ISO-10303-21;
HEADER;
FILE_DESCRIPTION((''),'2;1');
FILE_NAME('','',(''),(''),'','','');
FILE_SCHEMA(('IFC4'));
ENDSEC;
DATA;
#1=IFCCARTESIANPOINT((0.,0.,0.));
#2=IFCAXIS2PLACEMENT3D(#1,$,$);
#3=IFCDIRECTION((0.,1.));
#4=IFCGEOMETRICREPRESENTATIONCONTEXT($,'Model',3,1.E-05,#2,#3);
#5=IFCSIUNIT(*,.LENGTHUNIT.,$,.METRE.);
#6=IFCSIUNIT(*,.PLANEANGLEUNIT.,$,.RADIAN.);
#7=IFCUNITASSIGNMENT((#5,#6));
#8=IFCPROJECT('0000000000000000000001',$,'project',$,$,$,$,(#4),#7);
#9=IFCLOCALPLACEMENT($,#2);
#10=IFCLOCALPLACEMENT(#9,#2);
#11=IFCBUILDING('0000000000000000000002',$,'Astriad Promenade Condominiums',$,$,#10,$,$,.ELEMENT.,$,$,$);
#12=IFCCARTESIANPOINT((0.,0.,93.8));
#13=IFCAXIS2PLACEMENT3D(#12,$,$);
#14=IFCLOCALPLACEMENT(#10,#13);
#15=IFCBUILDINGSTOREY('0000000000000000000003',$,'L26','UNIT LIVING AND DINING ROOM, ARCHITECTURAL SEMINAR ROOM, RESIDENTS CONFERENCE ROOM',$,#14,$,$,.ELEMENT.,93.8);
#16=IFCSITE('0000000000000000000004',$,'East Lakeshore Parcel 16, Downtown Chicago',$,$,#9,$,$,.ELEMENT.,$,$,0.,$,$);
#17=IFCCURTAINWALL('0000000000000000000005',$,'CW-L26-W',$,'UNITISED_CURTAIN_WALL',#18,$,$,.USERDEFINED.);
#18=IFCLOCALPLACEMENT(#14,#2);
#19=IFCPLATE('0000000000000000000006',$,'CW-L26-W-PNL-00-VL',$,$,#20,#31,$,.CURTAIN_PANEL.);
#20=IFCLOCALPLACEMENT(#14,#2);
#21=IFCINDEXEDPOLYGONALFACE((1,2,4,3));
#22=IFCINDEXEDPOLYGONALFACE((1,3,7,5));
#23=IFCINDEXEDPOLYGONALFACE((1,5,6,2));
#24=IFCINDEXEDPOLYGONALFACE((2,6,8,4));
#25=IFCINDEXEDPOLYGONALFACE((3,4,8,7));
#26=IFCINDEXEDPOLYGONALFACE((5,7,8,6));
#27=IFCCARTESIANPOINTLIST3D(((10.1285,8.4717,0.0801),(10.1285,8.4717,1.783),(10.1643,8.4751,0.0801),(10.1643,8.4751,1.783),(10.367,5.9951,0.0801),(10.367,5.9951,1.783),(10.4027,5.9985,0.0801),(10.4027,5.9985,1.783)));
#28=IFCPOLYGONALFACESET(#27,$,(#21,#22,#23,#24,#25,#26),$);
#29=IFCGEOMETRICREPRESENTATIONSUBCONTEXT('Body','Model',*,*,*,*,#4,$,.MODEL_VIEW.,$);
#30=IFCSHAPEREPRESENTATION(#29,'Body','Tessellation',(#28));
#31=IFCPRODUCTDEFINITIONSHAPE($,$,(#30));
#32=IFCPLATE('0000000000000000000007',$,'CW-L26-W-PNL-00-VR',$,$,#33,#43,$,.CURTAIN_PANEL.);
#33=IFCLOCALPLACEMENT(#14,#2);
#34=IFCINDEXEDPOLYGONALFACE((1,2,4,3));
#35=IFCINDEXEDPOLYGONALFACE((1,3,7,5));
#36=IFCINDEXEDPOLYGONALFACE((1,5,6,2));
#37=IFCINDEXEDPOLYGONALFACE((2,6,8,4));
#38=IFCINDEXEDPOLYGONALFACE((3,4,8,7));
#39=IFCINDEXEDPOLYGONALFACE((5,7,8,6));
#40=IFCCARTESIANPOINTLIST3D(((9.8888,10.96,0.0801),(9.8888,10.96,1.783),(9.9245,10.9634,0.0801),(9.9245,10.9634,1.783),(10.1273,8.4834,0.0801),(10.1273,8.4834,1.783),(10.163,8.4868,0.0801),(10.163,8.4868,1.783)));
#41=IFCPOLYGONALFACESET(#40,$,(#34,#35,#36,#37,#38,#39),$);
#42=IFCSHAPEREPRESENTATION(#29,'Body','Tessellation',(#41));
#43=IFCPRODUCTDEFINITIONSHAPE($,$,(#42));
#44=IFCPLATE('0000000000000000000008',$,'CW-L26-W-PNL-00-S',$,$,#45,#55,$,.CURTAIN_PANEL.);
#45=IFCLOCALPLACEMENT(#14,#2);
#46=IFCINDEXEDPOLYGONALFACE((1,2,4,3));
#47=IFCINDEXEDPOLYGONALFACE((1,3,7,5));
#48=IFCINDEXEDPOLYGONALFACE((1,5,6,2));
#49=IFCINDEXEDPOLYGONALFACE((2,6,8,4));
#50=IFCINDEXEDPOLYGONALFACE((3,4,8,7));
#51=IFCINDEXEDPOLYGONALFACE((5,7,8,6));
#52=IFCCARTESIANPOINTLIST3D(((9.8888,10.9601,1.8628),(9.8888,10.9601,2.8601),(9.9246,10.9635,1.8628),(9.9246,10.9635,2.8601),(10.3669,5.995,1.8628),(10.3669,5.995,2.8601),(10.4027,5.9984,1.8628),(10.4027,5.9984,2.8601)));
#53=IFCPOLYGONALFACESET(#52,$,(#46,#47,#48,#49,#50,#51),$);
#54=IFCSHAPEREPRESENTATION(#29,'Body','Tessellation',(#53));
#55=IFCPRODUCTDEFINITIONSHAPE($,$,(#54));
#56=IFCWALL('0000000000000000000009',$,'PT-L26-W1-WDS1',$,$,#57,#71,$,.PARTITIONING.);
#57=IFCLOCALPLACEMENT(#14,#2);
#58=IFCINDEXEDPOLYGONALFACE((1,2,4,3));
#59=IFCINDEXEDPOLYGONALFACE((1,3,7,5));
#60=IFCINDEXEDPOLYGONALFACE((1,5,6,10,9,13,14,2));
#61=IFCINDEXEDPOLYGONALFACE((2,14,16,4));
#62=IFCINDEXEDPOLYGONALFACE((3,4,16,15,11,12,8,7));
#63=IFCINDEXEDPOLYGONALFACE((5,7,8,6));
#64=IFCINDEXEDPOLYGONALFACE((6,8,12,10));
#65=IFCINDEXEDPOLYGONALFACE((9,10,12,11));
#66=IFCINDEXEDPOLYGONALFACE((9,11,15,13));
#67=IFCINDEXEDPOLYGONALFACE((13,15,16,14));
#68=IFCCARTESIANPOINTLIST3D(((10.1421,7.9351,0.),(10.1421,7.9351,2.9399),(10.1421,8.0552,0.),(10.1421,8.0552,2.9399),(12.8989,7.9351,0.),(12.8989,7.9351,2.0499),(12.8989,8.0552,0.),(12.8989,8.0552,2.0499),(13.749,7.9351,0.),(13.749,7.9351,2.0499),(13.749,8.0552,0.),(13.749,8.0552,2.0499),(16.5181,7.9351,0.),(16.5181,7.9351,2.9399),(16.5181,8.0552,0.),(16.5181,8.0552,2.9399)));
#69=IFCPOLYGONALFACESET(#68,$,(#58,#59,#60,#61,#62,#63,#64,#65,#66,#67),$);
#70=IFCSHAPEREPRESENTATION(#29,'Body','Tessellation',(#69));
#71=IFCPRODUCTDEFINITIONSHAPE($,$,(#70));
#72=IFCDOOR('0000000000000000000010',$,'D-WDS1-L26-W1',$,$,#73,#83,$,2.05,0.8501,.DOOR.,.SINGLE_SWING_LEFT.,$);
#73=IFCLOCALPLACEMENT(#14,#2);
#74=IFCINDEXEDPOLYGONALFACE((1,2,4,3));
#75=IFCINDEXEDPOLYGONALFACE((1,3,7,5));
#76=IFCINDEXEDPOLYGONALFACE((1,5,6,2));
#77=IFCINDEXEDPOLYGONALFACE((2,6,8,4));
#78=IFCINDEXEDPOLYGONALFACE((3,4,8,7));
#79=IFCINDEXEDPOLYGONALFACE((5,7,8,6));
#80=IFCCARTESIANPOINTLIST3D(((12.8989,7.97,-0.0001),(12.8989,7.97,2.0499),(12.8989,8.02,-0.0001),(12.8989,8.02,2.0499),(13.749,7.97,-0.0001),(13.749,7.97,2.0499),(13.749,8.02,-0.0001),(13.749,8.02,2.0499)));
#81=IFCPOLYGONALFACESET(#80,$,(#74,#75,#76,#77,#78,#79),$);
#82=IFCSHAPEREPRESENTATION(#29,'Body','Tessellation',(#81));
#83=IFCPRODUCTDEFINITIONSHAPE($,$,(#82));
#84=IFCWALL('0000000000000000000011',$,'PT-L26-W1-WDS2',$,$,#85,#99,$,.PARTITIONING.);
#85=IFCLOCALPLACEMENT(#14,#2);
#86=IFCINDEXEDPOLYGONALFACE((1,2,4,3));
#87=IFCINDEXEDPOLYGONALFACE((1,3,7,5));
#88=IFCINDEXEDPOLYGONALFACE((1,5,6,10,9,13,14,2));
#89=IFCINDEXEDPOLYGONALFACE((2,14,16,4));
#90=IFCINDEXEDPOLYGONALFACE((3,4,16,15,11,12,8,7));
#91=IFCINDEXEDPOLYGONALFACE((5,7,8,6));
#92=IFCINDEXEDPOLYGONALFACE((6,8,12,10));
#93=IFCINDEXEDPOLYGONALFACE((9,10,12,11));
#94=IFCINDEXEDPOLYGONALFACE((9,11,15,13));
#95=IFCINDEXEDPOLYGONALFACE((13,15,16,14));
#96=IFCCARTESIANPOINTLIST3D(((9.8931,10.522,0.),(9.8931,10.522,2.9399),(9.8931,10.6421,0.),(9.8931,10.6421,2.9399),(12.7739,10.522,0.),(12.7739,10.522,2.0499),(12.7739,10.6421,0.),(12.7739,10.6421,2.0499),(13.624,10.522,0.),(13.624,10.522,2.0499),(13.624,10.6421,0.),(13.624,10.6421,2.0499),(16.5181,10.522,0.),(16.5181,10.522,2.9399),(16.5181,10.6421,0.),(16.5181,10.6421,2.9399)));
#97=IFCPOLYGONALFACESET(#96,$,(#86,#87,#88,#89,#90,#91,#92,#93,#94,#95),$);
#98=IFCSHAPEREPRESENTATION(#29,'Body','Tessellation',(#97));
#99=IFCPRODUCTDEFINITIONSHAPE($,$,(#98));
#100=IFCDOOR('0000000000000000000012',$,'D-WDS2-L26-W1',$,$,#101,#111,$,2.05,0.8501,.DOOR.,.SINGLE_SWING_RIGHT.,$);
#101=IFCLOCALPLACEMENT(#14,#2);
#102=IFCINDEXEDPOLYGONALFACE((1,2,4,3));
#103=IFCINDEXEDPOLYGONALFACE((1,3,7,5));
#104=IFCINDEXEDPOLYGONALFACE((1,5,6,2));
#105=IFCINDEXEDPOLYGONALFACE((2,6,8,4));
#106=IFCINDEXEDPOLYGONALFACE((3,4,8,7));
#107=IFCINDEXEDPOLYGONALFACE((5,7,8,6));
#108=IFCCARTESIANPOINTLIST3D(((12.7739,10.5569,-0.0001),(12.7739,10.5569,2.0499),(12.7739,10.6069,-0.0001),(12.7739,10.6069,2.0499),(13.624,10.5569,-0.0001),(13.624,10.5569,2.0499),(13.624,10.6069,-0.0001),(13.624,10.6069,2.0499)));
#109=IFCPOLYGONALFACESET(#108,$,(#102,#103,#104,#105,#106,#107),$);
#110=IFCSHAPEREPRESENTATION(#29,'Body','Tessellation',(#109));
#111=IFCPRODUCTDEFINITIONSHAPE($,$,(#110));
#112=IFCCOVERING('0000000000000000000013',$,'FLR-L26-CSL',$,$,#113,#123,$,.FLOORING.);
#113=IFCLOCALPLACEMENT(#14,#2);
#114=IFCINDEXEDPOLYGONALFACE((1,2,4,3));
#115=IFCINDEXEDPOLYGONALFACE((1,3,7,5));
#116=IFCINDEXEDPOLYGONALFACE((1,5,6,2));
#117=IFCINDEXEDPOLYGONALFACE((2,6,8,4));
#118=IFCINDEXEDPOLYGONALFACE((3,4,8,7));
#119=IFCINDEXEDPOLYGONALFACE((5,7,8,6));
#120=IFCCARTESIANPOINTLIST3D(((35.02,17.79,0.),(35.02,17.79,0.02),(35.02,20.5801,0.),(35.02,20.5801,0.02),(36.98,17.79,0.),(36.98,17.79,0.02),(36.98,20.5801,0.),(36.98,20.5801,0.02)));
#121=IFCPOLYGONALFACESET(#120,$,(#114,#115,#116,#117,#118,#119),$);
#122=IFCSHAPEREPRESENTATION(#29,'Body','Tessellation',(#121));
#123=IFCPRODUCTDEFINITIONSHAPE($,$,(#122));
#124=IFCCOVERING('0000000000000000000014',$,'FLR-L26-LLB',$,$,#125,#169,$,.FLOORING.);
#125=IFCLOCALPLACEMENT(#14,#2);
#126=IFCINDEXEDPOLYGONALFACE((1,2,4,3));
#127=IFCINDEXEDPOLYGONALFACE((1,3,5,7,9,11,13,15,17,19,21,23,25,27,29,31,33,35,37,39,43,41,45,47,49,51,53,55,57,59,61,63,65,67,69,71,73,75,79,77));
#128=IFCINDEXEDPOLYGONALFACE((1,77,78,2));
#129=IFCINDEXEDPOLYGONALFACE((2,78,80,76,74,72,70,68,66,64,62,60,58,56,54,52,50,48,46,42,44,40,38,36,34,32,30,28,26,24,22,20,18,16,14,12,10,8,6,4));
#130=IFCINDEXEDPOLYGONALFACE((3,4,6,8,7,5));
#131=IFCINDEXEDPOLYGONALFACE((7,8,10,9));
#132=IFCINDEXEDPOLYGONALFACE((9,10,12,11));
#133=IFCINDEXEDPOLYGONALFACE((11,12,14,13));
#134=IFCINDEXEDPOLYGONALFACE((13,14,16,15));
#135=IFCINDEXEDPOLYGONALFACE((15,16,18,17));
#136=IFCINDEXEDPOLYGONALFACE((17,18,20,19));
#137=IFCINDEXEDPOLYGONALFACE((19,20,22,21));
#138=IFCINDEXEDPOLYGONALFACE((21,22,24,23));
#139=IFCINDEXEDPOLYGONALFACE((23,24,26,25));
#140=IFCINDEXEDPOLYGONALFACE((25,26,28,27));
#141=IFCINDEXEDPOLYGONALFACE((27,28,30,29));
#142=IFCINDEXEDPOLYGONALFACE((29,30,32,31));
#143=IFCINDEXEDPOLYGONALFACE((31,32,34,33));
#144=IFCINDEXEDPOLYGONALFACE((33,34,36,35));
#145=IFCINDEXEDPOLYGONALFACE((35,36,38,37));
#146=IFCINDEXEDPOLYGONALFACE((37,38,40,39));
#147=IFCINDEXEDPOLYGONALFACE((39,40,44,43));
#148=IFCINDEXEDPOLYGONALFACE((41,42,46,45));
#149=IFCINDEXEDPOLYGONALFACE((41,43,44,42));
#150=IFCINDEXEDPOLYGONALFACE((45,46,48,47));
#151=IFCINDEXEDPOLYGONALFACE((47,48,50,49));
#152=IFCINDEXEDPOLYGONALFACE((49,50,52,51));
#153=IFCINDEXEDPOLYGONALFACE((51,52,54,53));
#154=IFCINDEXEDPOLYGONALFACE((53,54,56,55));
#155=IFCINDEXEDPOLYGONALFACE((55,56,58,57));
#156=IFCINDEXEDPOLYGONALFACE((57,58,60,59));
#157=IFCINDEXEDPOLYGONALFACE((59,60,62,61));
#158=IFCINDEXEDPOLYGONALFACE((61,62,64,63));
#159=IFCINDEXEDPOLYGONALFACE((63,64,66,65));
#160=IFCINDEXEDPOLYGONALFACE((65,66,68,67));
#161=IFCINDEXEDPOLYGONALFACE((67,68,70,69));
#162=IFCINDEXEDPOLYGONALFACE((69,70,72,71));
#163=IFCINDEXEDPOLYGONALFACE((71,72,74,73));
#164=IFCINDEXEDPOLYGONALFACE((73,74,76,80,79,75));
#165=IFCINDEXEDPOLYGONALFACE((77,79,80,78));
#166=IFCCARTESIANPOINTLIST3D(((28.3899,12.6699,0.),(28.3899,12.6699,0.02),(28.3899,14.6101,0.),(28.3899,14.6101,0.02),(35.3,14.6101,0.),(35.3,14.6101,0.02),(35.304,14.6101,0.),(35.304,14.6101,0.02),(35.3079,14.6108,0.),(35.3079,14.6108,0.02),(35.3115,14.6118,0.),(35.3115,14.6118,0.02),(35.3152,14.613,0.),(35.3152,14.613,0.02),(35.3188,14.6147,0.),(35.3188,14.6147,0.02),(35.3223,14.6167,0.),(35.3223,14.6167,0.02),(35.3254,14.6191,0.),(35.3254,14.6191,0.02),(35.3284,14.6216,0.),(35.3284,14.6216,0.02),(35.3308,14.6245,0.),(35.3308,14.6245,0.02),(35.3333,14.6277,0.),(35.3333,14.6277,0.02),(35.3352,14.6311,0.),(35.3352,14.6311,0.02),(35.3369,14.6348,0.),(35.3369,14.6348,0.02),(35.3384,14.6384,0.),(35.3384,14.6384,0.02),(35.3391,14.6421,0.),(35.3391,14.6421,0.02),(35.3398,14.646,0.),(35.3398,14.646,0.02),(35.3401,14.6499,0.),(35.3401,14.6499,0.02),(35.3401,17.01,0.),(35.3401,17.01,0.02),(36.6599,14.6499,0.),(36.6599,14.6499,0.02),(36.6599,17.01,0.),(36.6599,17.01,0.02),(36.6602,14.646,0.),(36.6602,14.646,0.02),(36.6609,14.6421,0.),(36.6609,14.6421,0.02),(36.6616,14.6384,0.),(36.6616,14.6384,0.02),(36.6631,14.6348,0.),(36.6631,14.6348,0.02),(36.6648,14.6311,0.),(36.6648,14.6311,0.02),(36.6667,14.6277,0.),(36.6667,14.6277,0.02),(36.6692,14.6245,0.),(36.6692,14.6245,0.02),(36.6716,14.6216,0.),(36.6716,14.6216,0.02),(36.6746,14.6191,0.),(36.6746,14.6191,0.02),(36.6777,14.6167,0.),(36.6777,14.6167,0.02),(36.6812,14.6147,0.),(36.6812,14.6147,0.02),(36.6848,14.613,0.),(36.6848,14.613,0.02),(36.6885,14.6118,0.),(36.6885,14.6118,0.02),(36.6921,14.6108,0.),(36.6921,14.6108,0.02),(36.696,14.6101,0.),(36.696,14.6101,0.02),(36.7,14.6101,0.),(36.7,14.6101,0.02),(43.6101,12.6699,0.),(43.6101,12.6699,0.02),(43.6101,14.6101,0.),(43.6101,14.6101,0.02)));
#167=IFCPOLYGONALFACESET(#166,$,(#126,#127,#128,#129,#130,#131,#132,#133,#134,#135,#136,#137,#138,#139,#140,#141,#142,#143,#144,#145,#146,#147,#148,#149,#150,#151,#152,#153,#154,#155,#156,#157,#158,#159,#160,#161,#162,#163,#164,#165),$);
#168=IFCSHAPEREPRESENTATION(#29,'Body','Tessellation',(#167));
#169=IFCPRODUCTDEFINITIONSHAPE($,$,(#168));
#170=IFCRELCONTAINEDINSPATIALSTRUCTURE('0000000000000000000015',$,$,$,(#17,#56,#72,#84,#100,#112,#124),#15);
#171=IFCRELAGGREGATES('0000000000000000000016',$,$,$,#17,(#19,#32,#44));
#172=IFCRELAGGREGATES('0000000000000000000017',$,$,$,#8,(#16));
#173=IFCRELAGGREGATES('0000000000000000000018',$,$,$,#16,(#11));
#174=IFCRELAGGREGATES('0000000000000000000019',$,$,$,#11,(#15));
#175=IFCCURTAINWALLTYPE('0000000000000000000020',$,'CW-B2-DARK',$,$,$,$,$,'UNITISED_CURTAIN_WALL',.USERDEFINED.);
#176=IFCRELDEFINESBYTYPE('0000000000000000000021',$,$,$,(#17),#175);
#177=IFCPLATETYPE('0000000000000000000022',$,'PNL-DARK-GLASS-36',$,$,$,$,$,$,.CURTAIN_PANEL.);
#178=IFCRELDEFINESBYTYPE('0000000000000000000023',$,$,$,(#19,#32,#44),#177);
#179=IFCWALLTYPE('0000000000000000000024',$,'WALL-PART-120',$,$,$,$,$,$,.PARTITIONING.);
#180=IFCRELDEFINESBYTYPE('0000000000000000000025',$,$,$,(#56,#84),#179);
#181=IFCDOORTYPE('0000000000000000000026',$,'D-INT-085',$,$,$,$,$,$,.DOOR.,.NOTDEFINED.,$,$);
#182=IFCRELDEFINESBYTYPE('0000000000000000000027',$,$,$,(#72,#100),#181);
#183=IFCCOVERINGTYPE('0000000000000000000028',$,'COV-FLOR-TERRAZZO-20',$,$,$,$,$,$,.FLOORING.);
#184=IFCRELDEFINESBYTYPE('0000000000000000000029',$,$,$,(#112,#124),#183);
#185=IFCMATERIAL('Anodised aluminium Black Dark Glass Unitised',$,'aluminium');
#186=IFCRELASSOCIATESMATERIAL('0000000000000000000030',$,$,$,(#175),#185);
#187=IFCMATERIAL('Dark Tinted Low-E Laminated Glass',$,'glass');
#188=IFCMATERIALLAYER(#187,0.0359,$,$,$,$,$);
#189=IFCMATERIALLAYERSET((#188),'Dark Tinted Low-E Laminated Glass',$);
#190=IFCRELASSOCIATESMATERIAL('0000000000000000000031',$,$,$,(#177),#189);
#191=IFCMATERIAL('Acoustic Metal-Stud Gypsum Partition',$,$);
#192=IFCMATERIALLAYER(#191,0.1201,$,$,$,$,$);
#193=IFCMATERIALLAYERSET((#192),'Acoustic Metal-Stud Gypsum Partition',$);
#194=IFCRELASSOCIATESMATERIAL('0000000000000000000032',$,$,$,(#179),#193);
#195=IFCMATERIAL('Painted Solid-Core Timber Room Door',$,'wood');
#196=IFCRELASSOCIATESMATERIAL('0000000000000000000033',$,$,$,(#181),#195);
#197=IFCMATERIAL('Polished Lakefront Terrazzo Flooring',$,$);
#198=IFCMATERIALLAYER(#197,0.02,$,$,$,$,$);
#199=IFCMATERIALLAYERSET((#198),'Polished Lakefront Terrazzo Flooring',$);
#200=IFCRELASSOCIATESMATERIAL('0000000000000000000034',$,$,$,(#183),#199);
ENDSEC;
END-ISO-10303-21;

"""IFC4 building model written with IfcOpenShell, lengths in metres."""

from ifc_helpers import new_model, si_unit, direction, frame, frame_2d, origin, origin_2d, place, context, subcontext, project, spatial, polyline, rectangle, outline, extrude, source, transform, mapped, material, layer, layer_set, type_object, type_shapes, element, fill, aggregate, save


model = new_model("IFC4")

# Units and contexts
model_context = context("Model", 3, precision=1e-05, world=origin(), true_north=direction((0.0, 1.0)))
body_context = subcontext(model_context, "Body", "Model", "MODEL_VIEW")
ifc_project = project(units=[si_unit("LENGTHUNIT", "METRE"), si_unit("PLANEANGLEUNIT", "RADIAN")], contexts=[model_context])

# Site, building, storey
site_placement = place(None, origin())
site = spatial("IfcSite", under=ifc_project, at=site_placement, Name="East Lakeshore Parcel 16, Downtown Chicago", CompositionType="ELEMENT", RefElevation=0.0)
building_placement = place(site_placement, origin())
building = spatial("IfcBuilding", under=site, at=building_placement, Name="Astriad Promenade Condominiums", CompositionType="ELEMENT")
storey_placement = place(building_placement, frame((0.0, 0.0, 93.8)))
storey = spatial("IfcBuildingStorey", under=building, at=storey_placement, Name="L26", Description="UNIT LIVING AND DINING ROOM, ARCHITECTURAL SEMINAR ROOM, RESIDENTS CONFERENCE ROOM", CompositionType="ELEMENT", Elevation=93.8)

# Curtain wall
ifc_material_1 = material(Name="Anodised aluminium Black Dark Glass Unitised", Category="aluminium")
curtain_wall_type = type_object("IfcCurtainWallType", Name="CW-B2-DARK", ElementType="UNITISED_CURTAIN_WALL", PredefinedType="USERDEFINED", material=ifc_material_1)
curtain_wall_placement = place(storey_placement, origin())
curtain_wall = element("IfcCurtainWall", 1, at=curtain_wall_placement, inside=storey, type_object=curtain_wall_type, Name="CW-L26-W", ObjectType="UNITISED_CURTAIN_WALL", PredefinedType="USERDEFINED")

# Plates
ifc_material_2 = material(Name="Dark Tinted Low-E Laminated Glass", Category="glass")
ifc_layer_1 = layer(ifc_material_2, 0.0359)
ifc_layer_set_1 = layer_set([ifc_layer_1], Name="Dark Tinted Low-E Laminated Glass")
plate_type = type_object("IfcPlateType", Name="PNL-DARK-GLASS-36", PredefinedType="CURTAIN_PANEL", material=ifc_layer_set_1)
shared_shape_1 = source(origin(), body_context, "Body", "SweptSolid", [
    extrude(rectangle(XDim=2.488, YDim=0.0359, at=origin_2d()), origin(), (0.0, 0.0, 1.0), 1.7029),
])
plate_1_placement = place(storey_placement, frame((10.2656, 7.2351, 0.0801), z_axis=(0.0, 0.0, 1.0), x_axis=(-0.095846, 0.995396, 0.0)))
plate_1 = element("IfcPlate", 2, at=plate_1_placement, type_object=plate_type, Name="CW-L26-W-PNL-00-VL", PredefinedType="CURTAIN_PANEL", context=body_context, shape_type="MappedRepresentation", body=[
    mapped(shared_shape_1, transform((0.0, 0.0, 0.0), scale=1.0)),
])
plate_2_placement = place(storey_placement, frame((10.0259, 9.7234, 0.0801), z_axis=(0.0, 0.0, 1.0), x_axis=(-0.095846, 0.995396, 0.0)))
plate_2 = element("IfcPlate", 3, at=plate_2_placement, type_object=plate_type, Name="CW-L26-W-PNL-00-VR", PredefinedType="CURTAIN_PANEL", context=body_context, shape_type="MappedRepresentation", body=[
    mapped(shared_shape_1, transform((0.0, 0.0, 0.0), scale=1.0)),
])
shared_shape_2 = source(origin(), body_context, "Body", "SweptSolid", [
    extrude(rectangle(XDim=4.988, YDim=0.0359, at=origin_2d()), origin(), (0.0, 0.0, 1.0), 0.9973),
])
type_shapes(plate_type, [shared_shape_1, shared_shape_2])
plate_3_placement = place(storey_placement, frame((10.1458, 8.4792, 1.8628), z_axis=(0.0, 0.0, 1.0), x_axis=(-0.095846, 0.995396, 0.0)))
plate_3 = element("IfcPlate", 4, at=plate_3_placement, type_object=plate_type, Name="CW-L26-W-PNL-00-S", PredefinedType="CURTAIN_PANEL", context=body_context, shape_type="MappedRepresentation", body=[
    mapped(shared_shape_2, transform((0.0, 0.0, 0.0), scale=1.0)),
])
aggregate(curtain_wall, [plate_1, plate_2, plate_3])

# Walls, openings, doors
ifc_material_3 = material(Name="Acoustic Metal-Stud Gypsum Partition")
ifc_layer_2 = layer(ifc_material_3, 0.1201)
ifc_layer_set_2 = layer_set([ifc_layer_2], Name="Acoustic Metal-Stud Gypsum Partition")
wall_type = type_object("IfcWallType", Name="WALL-PART-120", PredefinedType="PARTITIONING", material=ifc_layer_set_2)
wall_1_placement = place(storey_placement, frame((10.1421, 7.9951, 0.0), z_axis=(0.0, 0.0, 1.0), x_axis=(1.0, 0.0, 0.0)))
wall_1 = element("IfcWall", 5, at=wall_1_placement, inside=storey, type_object=wall_type, Name="PT-L26-W1-WDS1", PredefinedType="PARTITIONING", context=body_context, shape_type="SweptSolid", body=[
    extrude(rectangle(XDim=6.376, YDim=0.1201, at=frame_2d((3.188, 0.0))), origin(), (0.0, 0.0, 1.0), 2.9399),
])
opening_1_placement = place(wall_1_placement, frame((2.7568, 0.0, 0.0)))
opening_1 = element("IfcOpeningElement", 6, at=opening_1_placement, cuts=wall_1, PredefinedType="OPENING", context=body_context, shape_type="SweptSolid", body=[
    extrude(rectangle(XDim=0.8501, YDim=2.05, at=frame_2d((0.425, 1.0249))), frame((0.0, 0.0701, 0.0), z_axis=(0.0, -1.0, 0.0), x_axis=(1.0, 0.0, 0.0)), (0.0, 0.0, 1.0), 0.1401),
])
ifc_material_4 = material(Name="Painted Solid-Core Timber Room Door", Category="wood")
door_type = type_object("IfcDoorType", Name="D-INT-085", OperationType="NOTDEFINED", PredefinedType="DOOR", material=ifc_material_4)
shared_shape_3 = source(origin(), body_context, "Body", "SweptSolid", [
    extrude(rectangle(XDim=0.8501, YDim=2.05, at=frame_2d((0.425, 1.0249))), frame((0.0, 0.0249, 0.0), z_axis=(0.0, -1.0, 0.0), x_axis=(1.0, 0.0, 0.0)), (0.0, 0.0, 1.0), 0.05),
])
type_shapes(door_type, [shared_shape_3])
door_1_placement = place(opening_1_placement, origin())
door_1 = element("IfcDoor", 7, at=door_1_placement, inside=storey, type_object=door_type, Name="D-WDS1-L26-W1", OperationType="SINGLE_SWING_LEFT", OverallHeight=2.05, OverallWidth=0.8501, PredefinedType="DOOR", context=body_context, shape_type="MappedRepresentation", body=[
    mapped(shared_shape_3, transform((0.0, 0.0, 0.0), scale=1.0)),
])
fill(opening_1, door_1)
wall_2_placement = place(storey_placement, frame((9.8931, 10.582, 0.0), z_axis=(0.0, 0.0, 1.0), x_axis=(1.0, 0.0, 0.0)))
wall_2 = element("IfcWall", 8, at=wall_2_placement, inside=storey, type_object=wall_type, Name="PT-L26-W1-WDS2", PredefinedType="PARTITIONING", context=body_context, shape_type="SweptSolid", body=[
    extrude(rectangle(XDim=6.625, YDim=0.1201, at=frame_2d((3.3125, 0.0))), origin(), (0.0, 0.0, 1.0), 2.9399),
])
opening_2_placement = place(wall_2_placement, frame((2.8809, 0.0, 0.0)))
opening_2 = element("IfcOpeningElement", 9, at=opening_2_placement, cuts=wall_2, PredefinedType="OPENING", context=body_context, shape_type="SweptSolid", body=[
    extrude(rectangle(XDim=0.8501, YDim=2.05, at=frame_2d((0.425, 1.0249))), frame((0.0, 0.0701, 0.0), z_axis=(0.0, -1.0, 0.0), x_axis=(1.0, 0.0, 0.0)), (0.0, 0.0, 1.0), 0.1401),
])
door_2_placement = place(opening_2_placement, origin())
door_2 = element("IfcDoor", 10, at=door_2_placement, inside=storey, type_object=door_type, Name="D-WDS2-L26-W1", OperationType="SINGLE_SWING_RIGHT", OverallHeight=2.05, OverallWidth=0.8501, PredefinedType="DOOR", context=body_context, shape_type="MappedRepresentation", body=[
    mapped(shared_shape_3, transform((0.0, 0.0, 0.0), scale=1.0)),
])
fill(opening_2, door_2)

# Coverings
ifc_material_5 = material(Name="Polished Lakefront Terrazzo Flooring")
ifc_layer_3 = layer(ifc_material_5, 0.02)
ifc_layer_set_3 = layer_set([ifc_layer_3], Name="Polished Lakefront Terrazzo Flooring")
covering_type = type_object("IfcCoveringType", Name="COV-FLOR-TERRAZZO-20", PredefinedType="FLOORING", material=ifc_layer_set_3)
covering_1_placement = place(storey_placement, origin())
element("IfcCovering", 11, at=covering_1_placement, inside=storey, type_object=covering_type, Name="FLR-L26-CSL", PredefinedType="FLOORING", context=body_context, shape_type="SweptSolid", body=[
    extrude(outline(polyline([(36.98, 17.79), (35.02, 17.79), (35.02, 20.5801), (36.98, 20.5801), (36.98, 17.79)])), origin(), (0.0, 0.0, 1.0), 0.02),
])
covering_2_placement = place(storey_placement, origin())
element("IfcCovering", 12, at=covering_2_placement, inside=storey, type_object=covering_type, Name="FLR-L26-LLB", PredefinedType="FLOORING", context=body_context, shape_type="SweptSolid", body=[
    extrude(outline(polyline([(43.6101, 14.6101), (43.6101, 12.6699), (28.3899, 12.6699), (28.3899, 14.6101), (35.3, 14.6101), (35.304, 14.6101), (35.3079, 14.6108), (35.3115, 14.6118), (35.3152, 14.613), (35.3188, 14.6147), (35.3223, 14.6167), (35.3254, 14.6191), (35.3284, 14.6216), (35.3308, 14.6245), (35.3333, 14.6277), (35.3352, 14.6311), (35.3369, 14.6348), (35.3384, 14.6384), (35.3391, 14.6421), (35.3398, 14.646), (35.3401, 14.6499), (35.3401, 17.01), (36.6599, 17.01), (36.6599, 14.6499), (36.6602, 14.646), (36.6609, 14.6421), (36.6616, 14.6384), (36.6631, 14.6348), (36.6648, 14.6311), (36.6667, 14.6277), (36.6692, 14.6245), (36.6716, 14.6216), (36.6746, 14.6191), (36.6777, 14.6167), (36.6812, 14.6147), (36.6848, 14.613), (36.6885, 14.6118), (36.6921, 14.6108), (36.696, 14.6101), (36.7, 14.6101), (43.6101, 14.6101)])), origin(), (0.0, 0.0, 1.0), 0.02),
])

save(model, "model.ifc")
